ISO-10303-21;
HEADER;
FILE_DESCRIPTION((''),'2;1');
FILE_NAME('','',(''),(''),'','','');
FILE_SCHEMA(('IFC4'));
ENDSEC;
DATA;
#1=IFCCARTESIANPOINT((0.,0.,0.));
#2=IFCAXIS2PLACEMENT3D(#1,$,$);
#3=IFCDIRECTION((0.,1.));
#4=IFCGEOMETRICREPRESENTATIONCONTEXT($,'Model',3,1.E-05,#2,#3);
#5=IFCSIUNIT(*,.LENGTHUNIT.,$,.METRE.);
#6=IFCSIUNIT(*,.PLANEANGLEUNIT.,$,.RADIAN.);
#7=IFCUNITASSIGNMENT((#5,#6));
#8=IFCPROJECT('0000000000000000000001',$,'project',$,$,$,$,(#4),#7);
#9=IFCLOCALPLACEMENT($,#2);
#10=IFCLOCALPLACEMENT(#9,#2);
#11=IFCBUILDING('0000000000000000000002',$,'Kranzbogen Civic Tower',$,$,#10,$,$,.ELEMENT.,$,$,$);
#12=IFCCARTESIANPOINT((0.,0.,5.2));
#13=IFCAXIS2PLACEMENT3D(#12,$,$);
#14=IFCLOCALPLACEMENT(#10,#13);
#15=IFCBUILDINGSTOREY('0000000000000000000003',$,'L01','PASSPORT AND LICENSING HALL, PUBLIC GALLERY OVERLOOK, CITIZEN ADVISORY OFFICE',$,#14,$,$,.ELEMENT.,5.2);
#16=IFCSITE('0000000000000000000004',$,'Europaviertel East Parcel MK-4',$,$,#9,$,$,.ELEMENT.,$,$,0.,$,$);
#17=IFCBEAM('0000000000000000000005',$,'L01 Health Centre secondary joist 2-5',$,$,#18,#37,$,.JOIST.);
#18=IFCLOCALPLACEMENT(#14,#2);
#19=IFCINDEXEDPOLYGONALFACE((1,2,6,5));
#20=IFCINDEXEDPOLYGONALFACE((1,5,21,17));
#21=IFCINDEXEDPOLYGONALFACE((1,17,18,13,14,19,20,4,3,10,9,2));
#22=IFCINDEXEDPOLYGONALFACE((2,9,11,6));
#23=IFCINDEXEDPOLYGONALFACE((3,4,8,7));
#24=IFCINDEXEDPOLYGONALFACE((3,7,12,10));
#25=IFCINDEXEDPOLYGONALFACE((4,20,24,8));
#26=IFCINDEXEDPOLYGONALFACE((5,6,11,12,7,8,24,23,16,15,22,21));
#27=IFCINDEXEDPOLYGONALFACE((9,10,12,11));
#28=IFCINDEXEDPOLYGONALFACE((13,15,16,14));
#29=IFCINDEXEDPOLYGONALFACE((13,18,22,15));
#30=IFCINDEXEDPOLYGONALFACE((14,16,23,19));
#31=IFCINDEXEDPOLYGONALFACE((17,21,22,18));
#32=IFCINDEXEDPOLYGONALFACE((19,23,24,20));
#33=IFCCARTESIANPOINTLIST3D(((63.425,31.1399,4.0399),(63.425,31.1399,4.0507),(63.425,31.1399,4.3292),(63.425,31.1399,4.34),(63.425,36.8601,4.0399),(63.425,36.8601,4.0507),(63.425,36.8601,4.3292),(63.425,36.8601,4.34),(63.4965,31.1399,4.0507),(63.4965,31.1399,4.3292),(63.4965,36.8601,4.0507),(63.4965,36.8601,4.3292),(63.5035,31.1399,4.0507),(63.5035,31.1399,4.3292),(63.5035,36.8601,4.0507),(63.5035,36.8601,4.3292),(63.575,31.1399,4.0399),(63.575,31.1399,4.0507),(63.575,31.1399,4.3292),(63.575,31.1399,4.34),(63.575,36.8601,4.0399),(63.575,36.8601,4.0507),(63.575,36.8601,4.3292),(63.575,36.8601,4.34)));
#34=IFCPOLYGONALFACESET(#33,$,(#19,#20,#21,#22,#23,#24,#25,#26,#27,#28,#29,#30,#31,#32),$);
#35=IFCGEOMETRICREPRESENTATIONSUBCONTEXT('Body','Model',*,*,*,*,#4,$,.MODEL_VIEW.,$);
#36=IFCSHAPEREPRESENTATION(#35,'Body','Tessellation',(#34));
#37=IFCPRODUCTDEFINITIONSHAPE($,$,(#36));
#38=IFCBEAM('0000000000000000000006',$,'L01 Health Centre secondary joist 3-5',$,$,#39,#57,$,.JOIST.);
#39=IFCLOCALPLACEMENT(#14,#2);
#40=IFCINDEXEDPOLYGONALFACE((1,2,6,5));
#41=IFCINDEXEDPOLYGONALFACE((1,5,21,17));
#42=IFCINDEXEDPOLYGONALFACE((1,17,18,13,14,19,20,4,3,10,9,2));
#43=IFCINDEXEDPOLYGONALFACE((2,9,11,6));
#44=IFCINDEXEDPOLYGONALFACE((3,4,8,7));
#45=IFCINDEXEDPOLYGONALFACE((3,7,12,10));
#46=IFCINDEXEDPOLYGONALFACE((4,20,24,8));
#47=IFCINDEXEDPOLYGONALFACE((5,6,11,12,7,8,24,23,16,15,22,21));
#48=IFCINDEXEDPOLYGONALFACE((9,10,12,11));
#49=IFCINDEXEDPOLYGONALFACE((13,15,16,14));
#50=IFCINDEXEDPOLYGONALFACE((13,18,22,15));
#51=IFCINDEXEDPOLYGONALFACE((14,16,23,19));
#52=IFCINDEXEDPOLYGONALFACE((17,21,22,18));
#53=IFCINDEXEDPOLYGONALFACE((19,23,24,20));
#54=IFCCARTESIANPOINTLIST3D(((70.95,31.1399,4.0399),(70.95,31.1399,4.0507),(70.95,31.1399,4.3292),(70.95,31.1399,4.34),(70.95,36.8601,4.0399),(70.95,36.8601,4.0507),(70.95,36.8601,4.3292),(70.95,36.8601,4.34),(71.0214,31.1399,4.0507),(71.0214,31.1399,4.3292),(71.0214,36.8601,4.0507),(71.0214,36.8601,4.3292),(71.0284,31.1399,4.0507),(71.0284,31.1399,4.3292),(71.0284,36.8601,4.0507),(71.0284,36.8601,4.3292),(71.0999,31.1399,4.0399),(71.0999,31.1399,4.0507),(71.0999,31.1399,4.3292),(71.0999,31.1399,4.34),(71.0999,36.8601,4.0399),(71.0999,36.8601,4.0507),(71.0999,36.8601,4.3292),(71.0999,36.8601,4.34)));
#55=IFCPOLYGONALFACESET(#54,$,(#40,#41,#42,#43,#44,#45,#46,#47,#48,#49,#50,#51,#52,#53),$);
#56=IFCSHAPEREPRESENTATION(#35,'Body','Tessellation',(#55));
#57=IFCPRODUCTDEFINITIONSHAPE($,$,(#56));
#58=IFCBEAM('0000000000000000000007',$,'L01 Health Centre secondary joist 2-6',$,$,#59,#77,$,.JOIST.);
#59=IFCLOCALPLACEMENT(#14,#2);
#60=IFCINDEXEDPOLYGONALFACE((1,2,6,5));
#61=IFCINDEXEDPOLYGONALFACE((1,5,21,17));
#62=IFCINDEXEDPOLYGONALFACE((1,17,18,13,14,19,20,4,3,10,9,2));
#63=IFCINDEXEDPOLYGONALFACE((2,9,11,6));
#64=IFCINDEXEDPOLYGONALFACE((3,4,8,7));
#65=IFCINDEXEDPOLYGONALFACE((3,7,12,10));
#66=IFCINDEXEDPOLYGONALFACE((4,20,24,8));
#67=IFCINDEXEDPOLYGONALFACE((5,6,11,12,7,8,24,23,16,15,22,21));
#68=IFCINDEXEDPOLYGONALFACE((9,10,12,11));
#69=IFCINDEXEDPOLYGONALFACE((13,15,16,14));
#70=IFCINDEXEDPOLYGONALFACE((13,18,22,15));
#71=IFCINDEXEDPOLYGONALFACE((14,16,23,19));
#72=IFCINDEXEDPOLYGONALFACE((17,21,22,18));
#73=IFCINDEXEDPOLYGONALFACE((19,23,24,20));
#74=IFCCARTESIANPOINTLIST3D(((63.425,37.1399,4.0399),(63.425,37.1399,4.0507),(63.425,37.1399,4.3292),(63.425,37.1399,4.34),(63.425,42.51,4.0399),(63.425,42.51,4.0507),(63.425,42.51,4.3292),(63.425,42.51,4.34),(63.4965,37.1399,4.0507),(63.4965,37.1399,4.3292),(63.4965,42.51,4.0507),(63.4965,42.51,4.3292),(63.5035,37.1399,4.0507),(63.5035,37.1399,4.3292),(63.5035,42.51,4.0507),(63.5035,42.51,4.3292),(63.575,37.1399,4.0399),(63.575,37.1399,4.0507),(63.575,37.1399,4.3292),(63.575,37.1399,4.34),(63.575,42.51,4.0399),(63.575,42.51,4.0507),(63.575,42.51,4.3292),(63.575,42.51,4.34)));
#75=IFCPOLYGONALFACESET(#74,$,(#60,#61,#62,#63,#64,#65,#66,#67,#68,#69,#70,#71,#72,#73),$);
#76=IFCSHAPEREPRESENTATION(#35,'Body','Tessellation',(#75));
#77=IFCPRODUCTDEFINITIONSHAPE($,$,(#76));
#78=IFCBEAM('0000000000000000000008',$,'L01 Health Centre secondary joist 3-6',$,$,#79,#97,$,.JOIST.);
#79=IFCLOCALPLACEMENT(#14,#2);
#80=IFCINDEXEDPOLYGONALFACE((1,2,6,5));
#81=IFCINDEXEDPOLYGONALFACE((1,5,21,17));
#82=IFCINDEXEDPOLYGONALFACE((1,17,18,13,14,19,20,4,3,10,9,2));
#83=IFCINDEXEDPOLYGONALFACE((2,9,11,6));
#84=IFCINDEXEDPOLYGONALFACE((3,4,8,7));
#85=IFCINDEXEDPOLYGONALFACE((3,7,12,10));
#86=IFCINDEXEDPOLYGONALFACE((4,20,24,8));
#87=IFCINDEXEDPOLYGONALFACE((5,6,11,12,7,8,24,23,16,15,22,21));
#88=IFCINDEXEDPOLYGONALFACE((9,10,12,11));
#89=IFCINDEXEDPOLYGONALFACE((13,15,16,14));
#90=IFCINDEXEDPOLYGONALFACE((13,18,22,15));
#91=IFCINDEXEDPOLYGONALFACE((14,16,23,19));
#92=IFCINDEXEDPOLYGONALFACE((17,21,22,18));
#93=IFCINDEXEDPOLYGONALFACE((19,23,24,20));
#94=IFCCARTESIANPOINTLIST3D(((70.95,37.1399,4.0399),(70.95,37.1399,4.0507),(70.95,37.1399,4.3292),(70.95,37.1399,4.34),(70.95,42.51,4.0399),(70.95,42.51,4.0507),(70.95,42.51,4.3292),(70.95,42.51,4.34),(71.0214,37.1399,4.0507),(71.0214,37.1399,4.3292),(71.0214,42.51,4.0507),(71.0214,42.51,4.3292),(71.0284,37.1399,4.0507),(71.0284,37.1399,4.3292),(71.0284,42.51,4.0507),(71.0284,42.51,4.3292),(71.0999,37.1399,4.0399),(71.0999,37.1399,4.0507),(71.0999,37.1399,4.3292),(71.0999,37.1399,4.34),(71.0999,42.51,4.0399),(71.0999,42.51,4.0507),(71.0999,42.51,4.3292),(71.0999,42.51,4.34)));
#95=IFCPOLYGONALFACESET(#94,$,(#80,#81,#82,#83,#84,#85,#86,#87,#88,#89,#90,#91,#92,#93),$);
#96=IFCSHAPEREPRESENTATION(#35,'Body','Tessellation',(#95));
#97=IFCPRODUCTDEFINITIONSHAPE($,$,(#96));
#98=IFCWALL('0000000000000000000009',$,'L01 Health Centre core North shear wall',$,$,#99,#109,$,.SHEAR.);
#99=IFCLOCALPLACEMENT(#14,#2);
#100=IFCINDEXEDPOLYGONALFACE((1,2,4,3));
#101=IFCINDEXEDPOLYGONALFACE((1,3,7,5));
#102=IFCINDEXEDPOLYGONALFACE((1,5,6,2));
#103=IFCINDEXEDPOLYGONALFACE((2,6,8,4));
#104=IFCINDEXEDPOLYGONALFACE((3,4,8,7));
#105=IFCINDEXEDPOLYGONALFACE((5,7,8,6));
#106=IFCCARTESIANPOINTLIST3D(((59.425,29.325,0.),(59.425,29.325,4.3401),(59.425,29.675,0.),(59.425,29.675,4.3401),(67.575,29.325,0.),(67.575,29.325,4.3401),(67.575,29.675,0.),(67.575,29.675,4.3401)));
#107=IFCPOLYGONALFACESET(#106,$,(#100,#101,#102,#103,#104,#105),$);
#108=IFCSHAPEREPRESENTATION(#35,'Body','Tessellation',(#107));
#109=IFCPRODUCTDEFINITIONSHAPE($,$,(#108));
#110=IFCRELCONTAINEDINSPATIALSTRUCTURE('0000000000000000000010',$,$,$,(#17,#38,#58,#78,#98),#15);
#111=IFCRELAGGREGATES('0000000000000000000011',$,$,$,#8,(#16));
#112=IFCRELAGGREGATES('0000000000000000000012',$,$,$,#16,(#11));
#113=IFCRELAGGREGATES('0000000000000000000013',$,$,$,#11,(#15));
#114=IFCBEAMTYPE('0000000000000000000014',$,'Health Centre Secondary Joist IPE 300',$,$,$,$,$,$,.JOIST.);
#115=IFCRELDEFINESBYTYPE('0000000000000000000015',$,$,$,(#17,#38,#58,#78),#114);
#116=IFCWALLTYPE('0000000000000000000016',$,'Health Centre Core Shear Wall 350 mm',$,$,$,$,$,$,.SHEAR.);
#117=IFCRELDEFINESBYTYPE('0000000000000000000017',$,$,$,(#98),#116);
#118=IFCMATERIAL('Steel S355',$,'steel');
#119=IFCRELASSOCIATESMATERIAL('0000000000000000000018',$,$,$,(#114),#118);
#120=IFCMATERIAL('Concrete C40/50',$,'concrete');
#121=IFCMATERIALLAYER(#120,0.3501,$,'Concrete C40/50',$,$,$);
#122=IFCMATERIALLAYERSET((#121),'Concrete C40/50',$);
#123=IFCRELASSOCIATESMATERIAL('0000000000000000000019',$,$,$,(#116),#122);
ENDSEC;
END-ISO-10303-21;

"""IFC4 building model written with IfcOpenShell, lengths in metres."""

from ifc_helpers import new_model, si_unit, direction, frame, frame_2d, origin, origin_2d, place, context, subcontext, project, spatial, rectangle, i_section, extrude, material, layer, layer_set, material_profile, profile_set, type_object, element, save


model = new_model("IFC4")

# Units and contexts
model_context = context("Model", 3, precision=1e-05, world=origin(), true_north=direction((0.0, 1.0)))
body_context = subcontext(model_context, "Body", "Model", "MODEL_VIEW")
ifc_project = project(units=[si_unit("LENGTHUNIT", "METRE"), si_unit("PLANEANGLEUNIT", "RADIAN")], contexts=[model_context])

# Site, building, storey
site_placement = place(None, origin())
site = spatial("IfcSite", under=ifc_project, at=site_placement, Name="Europaviertel East Parcel MK-4", CompositionType="ELEMENT", RefElevation=0.0)
building_placement = place(site_placement, origin())
building = spatial("IfcBuilding", under=site, at=building_placement, Name="Kranzbogen Civic Tower", CompositionType="ELEMENT")
storey_placement = place(building_placement, frame((0.0, 0.0, 5.2)))
storey = spatial("IfcBuildingStorey", under=building, at=storey_placement, Name="L01", Description="PASSPORT AND LICENSING HALL, PUBLIC GALLERY OVERLOOK, CITIZEN ADVISORY OFFICE", CompositionType="ELEMENT", Elevation=5.2)

# Shared definitions
ifc_material_1 = material(Name="Steel S355", Category="steel")
ifc_material_2 = material(Name="Concrete C40/50", Category="concrete")

# Beams
ifc_material_profile_1 = material_profile(ifc_material_1, i_section(OverallWidth=0.1499, OverallDepth=0.3, WebThickness=0.0071, FlangeThickness=0.0107, at=origin_2d()), Name="IPE 300")
ifc_profile_set_1 = profile_set([ifc_material_profile_1], Name="Steel S355")
beam_type_1 = type_object("IfcBeamType", Name="Health Centre Secondary Joist IPE 300", PredefinedType="JOIST", material=ifc_profile_set_1)
for number, where, z_axis, x_axis, name in (
    (1, (63.5, 31.1399, 4.1899), (0.0, 1.0, 0.0), (-1.0, 0.0, 0.0), "L01 Health Centre secondary joist 2-5"),
    (2, (71.0249, 31.1399, 4.1899), (0.0, 1.0, 0.0), (-1.0, 0.0, 0.0), "L01 Health Centre secondary joist 3-5"),
):
    element("IfcBeam", number, at=place(storey_placement, frame(where, z_axis=z_axis, x_axis=x_axis)), inside=storey, type_object=beam_type_1, Name=name, PredefinedType="JOIST", context=body_context, shape_type="SweptSolid", body=[
        extrude(i_section(OverallWidth=0.1499, OverallDepth=0.3, WebThickness=0.0071, FlangeThickness=0.0107, at=origin_2d()), origin(), (0.0, 0.0, 1.0), 5.7202),
    ])
for number, where, z_axis, x_axis, name in (
    (3, (63.5, 37.1399, 4.1899), (0.0, 1.0, 0.0), (-1.0, 0.0, 0.0), "L01 Health Centre secondary joist 2-6"),
    (4, (71.0249, 37.1399, 4.1899), (0.0, 1.0, 0.0), (-1.0, 0.0, 0.0), "L01 Health Centre secondary joist 3-6"),
):
    element("IfcBeam", number, at=place(storey_placement, frame(where, z_axis=z_axis, x_axis=x_axis)), inside=storey, type_object=beam_type_1, Name=name, PredefinedType="JOIST", context=body_context, shape_type="SweptSolid", body=[
        extrude(i_section(OverallWidth=0.1499, OverallDepth=0.3, WebThickness=0.0071, FlangeThickness=0.0107, at=origin_2d()), origin(), (0.0, 0.0, 1.0), 5.3701),
    ])

# Wall
ifc_layer_1 = layer(ifc_material_2, 0.3501, Name="Concrete C40/50")
ifc_layer_set_1 = layer_set([ifc_layer_1], Name="Concrete C40/50")
wall_type_1 = type_object("IfcWallType", Name="Health Centre Core Shear Wall 350 mm", PredefinedType="SHEAR", material=ifc_layer_set_1)
wall_1_placement = place(storey_placement, frame((67.575, 29.5, 0.0), z_axis=(0.0, 0.0, 1.0), x_axis=(-1.0, 0.0, 0.0)))
element("IfcWall", 5, at=wall_1_placement, inside=storey, type_object=wall_type_1, Name="L01 Health Centre core North shear wall", PredefinedType="SHEAR", context=body_context, shape_type="SweptSolid", body=[
    extrude(rectangle(XDim=8.1499, YDim=0.3501, at=frame_2d((4.075, 0.0))), origin(), (0.0, 0.0, 1.0), 4.3401),
])

save(model, "model.ifc")
